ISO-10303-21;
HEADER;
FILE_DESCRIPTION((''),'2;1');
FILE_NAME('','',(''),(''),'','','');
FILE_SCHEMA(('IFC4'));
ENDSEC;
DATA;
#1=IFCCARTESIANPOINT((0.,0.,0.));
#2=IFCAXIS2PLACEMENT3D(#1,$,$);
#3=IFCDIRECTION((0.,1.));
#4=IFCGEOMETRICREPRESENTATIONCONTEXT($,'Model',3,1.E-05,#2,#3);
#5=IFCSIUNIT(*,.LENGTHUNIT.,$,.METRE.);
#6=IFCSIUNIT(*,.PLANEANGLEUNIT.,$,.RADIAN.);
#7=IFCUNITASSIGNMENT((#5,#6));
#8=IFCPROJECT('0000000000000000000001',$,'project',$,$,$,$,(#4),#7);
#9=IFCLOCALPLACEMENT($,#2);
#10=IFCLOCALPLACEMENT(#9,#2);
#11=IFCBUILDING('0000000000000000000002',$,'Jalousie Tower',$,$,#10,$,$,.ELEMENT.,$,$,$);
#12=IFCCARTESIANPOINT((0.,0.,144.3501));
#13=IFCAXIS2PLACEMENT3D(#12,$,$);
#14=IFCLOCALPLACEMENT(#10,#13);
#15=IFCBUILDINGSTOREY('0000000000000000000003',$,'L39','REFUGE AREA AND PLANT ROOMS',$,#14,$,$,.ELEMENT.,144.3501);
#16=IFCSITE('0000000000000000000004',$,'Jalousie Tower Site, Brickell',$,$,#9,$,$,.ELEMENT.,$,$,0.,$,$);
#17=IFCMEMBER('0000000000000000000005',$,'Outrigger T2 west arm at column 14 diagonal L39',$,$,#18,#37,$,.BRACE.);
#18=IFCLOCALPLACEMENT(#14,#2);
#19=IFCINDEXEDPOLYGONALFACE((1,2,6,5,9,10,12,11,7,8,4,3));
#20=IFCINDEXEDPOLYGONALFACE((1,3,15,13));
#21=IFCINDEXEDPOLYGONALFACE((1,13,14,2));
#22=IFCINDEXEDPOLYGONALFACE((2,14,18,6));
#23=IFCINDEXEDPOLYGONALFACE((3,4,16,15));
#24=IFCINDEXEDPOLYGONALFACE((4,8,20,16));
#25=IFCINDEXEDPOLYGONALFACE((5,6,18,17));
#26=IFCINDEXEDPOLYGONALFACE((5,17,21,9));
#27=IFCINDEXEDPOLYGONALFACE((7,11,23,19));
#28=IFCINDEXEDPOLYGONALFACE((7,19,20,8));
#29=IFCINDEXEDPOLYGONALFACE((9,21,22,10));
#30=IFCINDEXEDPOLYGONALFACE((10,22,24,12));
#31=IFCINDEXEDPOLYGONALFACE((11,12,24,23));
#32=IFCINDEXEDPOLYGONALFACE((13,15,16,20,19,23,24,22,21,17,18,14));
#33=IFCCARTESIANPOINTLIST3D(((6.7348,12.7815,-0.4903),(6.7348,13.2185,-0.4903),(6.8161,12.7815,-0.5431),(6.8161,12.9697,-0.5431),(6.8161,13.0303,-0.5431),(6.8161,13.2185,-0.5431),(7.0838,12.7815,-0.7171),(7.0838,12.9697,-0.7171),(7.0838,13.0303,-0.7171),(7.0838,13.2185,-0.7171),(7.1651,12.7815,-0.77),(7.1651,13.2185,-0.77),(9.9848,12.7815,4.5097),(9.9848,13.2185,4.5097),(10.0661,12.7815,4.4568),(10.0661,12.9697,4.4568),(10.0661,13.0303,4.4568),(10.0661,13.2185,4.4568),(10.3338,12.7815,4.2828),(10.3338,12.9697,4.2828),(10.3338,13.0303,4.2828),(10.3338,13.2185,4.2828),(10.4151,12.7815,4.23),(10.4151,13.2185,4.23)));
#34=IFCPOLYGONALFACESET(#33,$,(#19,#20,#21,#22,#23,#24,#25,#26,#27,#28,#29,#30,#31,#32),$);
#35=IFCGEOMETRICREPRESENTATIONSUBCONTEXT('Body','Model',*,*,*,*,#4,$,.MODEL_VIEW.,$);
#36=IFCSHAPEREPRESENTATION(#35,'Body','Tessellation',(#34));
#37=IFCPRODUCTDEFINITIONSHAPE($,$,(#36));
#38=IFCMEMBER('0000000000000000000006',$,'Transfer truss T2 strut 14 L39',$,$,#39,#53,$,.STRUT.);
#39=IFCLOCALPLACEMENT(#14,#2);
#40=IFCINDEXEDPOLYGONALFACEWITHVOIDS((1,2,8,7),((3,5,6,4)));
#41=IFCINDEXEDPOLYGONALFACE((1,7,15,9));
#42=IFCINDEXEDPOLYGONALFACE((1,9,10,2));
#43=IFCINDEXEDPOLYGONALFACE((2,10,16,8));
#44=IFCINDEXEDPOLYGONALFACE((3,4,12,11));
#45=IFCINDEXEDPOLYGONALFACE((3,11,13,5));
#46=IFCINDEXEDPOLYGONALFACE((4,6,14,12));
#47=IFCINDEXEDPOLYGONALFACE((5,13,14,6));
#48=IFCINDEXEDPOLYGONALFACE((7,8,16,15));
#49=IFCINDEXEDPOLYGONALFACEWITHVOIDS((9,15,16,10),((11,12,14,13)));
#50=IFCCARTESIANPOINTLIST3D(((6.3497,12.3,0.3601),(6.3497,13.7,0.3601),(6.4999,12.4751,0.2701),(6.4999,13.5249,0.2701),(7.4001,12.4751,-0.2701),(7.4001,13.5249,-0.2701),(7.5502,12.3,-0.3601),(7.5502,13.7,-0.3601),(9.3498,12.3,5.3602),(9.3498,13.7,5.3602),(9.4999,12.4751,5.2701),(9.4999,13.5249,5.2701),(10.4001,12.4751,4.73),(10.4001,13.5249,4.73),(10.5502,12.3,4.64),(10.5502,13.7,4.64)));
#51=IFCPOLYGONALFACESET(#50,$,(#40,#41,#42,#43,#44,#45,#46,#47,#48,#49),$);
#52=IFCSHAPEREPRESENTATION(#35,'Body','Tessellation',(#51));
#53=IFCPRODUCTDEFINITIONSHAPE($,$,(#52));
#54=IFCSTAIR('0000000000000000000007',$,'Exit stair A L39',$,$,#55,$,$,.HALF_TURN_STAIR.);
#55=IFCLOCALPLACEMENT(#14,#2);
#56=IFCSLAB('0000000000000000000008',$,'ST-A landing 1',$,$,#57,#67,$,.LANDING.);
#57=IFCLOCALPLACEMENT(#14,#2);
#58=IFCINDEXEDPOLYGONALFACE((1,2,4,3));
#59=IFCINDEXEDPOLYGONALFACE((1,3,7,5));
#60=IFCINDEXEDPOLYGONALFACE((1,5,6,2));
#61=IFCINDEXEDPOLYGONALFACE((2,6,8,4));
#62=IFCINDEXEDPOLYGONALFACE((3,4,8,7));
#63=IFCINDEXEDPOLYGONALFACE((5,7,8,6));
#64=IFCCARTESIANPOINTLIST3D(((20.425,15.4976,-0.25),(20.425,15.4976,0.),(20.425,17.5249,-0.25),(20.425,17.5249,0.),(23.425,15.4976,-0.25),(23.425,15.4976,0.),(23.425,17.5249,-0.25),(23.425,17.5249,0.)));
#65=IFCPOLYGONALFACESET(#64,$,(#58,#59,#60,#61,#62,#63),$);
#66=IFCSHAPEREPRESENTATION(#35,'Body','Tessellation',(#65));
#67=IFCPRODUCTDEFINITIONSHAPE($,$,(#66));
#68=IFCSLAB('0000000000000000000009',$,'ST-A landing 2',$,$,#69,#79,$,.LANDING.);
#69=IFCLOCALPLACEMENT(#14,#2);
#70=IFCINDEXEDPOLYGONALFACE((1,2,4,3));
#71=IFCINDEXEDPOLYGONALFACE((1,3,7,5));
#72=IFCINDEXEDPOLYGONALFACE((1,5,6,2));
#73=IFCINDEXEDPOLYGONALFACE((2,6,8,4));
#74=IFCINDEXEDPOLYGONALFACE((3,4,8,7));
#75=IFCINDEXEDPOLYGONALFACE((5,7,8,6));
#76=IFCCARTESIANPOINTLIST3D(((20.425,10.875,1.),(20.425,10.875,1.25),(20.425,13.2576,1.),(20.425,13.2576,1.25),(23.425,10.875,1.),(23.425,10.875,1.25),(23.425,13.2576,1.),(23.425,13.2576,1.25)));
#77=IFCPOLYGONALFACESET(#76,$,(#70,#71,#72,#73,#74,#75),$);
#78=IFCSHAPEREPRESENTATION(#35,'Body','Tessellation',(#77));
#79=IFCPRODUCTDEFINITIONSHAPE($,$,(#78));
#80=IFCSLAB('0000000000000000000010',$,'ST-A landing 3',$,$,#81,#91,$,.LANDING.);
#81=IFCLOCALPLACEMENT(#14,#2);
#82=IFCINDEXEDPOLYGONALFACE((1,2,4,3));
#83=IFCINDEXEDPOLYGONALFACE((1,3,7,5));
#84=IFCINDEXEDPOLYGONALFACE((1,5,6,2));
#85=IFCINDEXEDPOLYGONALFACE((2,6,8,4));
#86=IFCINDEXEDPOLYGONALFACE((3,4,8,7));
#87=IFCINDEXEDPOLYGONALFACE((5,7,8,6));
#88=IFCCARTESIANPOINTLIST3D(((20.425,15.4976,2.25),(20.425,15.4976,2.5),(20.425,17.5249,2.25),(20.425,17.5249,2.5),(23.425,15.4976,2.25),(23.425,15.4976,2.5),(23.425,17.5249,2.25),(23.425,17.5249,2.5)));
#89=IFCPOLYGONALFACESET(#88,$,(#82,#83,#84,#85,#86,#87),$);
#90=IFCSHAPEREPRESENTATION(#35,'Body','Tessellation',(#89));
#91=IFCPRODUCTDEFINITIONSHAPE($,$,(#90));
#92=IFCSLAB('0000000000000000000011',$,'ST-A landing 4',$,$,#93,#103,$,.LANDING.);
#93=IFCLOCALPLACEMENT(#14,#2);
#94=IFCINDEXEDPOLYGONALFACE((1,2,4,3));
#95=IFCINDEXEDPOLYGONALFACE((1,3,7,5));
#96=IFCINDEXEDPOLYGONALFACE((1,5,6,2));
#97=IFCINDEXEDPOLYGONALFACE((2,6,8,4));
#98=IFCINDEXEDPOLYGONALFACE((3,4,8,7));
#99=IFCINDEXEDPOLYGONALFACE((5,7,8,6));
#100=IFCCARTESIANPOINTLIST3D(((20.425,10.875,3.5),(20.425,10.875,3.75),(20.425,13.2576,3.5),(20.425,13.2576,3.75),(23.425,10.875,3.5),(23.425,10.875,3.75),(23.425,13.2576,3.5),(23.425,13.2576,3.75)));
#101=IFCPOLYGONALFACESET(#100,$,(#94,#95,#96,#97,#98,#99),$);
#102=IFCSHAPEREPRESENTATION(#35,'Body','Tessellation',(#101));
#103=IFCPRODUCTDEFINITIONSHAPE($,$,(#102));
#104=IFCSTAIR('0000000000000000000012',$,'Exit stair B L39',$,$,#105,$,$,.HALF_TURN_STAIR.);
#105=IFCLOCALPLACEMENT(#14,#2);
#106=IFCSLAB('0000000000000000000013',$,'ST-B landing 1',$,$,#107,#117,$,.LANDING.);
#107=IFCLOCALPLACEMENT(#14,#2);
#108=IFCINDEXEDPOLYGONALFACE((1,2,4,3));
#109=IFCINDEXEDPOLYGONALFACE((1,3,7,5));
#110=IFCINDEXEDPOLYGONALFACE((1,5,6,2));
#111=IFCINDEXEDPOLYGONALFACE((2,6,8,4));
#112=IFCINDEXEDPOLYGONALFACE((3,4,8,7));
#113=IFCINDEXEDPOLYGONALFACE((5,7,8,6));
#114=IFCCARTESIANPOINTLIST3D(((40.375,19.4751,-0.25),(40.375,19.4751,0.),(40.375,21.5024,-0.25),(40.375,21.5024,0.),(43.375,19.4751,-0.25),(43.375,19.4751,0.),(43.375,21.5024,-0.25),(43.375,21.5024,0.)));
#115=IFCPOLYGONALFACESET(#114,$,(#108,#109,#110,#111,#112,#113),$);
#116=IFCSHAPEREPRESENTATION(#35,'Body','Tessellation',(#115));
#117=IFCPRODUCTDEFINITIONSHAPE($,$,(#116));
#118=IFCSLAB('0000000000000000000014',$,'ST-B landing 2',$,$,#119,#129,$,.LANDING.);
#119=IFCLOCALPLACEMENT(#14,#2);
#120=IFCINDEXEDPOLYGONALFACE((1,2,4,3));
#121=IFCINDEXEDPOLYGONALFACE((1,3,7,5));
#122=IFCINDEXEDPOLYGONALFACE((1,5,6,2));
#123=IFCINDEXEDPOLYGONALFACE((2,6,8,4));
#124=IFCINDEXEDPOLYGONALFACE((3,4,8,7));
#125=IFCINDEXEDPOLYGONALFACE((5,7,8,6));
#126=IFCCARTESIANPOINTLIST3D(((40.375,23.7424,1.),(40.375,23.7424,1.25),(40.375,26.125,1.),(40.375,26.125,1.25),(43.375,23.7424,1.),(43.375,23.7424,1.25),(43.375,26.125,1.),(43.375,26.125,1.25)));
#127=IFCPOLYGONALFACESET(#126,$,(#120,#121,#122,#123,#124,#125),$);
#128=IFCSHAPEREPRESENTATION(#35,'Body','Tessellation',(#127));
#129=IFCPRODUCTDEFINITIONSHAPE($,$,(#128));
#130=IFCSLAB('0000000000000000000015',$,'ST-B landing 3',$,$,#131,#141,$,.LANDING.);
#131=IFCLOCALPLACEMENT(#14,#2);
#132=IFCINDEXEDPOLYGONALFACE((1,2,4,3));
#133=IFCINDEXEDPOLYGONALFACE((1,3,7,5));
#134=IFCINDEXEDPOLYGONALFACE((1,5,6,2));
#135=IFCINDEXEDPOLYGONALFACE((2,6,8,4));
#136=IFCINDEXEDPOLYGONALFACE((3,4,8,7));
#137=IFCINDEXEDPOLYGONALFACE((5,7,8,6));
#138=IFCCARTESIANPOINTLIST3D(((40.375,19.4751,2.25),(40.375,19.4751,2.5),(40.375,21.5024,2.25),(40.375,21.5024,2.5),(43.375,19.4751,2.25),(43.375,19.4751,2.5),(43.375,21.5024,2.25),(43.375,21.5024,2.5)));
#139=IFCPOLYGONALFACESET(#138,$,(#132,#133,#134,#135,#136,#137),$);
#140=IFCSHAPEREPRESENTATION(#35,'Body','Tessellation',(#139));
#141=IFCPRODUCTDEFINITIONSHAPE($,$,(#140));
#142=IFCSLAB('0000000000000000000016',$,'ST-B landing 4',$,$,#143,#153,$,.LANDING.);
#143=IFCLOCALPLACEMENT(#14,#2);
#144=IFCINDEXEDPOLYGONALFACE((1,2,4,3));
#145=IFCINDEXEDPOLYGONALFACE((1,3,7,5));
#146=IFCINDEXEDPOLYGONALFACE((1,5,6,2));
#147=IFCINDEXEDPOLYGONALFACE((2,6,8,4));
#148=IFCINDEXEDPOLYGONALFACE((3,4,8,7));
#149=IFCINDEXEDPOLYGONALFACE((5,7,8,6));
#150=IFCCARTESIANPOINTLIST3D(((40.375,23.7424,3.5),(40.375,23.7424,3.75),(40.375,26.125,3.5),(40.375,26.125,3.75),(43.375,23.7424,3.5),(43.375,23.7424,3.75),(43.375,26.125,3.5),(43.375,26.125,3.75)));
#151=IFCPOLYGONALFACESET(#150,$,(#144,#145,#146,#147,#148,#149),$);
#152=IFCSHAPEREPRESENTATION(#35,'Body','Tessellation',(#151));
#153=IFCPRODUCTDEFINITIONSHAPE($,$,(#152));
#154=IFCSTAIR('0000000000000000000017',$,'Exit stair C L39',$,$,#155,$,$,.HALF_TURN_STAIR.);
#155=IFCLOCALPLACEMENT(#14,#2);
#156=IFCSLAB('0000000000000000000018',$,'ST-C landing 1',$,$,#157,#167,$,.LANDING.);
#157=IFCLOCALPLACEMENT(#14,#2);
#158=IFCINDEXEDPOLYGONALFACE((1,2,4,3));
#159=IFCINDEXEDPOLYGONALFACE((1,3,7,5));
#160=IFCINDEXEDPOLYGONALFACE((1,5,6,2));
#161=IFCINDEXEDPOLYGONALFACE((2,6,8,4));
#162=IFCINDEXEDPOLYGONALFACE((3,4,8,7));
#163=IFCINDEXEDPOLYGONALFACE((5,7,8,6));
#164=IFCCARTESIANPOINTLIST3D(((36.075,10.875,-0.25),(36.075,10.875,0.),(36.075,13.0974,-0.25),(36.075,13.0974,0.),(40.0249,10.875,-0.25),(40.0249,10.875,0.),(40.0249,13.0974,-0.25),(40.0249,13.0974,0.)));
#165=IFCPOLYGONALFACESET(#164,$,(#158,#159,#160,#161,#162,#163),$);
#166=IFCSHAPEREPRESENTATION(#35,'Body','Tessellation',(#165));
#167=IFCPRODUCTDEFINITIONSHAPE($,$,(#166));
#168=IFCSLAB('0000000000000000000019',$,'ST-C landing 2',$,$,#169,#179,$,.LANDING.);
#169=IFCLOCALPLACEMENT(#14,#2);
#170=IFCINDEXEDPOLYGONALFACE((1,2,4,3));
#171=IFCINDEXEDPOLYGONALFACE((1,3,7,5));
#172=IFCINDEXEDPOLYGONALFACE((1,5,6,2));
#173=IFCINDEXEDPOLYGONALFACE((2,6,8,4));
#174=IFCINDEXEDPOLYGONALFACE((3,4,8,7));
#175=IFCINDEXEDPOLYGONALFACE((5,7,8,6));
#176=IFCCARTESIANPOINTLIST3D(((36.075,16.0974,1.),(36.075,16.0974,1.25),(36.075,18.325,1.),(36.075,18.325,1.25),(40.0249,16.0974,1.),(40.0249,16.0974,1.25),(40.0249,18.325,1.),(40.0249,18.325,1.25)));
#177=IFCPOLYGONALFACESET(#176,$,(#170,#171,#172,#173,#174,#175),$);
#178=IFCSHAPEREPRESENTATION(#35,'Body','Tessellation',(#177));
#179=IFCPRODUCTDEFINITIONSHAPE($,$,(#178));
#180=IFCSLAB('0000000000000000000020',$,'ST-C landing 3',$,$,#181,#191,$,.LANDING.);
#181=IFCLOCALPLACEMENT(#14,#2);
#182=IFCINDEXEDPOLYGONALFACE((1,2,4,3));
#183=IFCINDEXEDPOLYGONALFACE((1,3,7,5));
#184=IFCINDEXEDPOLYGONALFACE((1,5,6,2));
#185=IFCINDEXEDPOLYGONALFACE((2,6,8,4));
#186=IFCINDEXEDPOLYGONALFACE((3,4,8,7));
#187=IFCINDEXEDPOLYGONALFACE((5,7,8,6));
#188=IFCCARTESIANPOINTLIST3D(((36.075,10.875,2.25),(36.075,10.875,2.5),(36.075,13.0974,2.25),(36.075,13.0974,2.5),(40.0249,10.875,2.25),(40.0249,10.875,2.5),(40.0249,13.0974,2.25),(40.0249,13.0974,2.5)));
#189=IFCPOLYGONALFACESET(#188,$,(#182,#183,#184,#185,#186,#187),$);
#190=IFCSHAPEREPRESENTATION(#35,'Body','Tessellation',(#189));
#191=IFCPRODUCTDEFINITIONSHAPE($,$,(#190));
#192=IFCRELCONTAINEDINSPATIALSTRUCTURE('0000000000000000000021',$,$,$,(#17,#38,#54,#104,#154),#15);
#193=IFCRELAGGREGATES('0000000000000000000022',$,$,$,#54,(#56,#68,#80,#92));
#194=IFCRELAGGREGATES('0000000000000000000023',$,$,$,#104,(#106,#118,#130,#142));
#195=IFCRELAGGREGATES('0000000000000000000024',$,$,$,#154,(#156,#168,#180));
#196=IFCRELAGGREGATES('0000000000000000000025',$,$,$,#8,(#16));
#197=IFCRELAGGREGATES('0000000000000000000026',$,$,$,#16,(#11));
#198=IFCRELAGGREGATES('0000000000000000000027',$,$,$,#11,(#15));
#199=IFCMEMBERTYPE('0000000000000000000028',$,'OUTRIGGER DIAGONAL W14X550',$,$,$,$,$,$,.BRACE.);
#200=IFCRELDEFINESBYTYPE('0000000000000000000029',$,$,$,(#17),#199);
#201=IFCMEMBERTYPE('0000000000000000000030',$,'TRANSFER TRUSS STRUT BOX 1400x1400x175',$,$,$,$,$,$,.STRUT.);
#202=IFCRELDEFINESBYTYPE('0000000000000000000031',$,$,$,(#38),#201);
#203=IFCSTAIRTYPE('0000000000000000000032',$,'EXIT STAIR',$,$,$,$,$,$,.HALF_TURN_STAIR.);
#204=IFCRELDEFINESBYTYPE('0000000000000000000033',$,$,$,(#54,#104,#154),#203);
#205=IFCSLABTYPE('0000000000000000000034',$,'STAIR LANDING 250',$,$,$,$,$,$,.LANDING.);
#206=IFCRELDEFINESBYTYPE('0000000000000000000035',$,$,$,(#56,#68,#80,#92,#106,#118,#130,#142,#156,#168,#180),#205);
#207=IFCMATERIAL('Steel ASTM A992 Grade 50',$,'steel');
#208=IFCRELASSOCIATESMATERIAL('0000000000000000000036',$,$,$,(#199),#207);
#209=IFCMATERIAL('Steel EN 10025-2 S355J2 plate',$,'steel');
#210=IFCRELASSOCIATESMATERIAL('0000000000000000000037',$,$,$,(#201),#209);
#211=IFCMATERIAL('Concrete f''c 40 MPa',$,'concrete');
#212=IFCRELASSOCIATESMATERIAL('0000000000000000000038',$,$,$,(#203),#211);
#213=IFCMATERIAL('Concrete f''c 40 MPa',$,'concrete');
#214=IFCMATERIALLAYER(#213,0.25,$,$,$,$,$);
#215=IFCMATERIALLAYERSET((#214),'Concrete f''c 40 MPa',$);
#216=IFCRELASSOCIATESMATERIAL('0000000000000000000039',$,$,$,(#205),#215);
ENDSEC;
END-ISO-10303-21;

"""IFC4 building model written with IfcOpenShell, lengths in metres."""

from ifc_helpers import new_model, si_unit, direction, frame, origin, origin_2d, place, context, subcontext, project, spatial, polyline, hollow_rectangle, i_section, outline, extrude, material, layer, layer_set, material_profile, profile_set, type_object, element, aggregate, save


model = new_model("IFC4")

# Units and contexts
model_context = context("Model", 3, precision=1e-05, world=origin(), true_north=direction((0.0, 1.0)))
body_context = subcontext(model_context, "Body", "Model", "MODEL_VIEW")
ifc_project = project(units=[si_unit("LENGTHUNIT", "METRE"), si_unit("PLANEANGLEUNIT", "RADIAN")], contexts=[model_context])

# Site, building, storey
site_placement = place(None, origin())
site = spatial("IfcSite", under=ifc_project, at=site_placement, Name="Jalousie Tower Site, Brickell", CompositionType="ELEMENT", RefElevation=0.0)
building_placement = place(site_placement, origin())
building = spatial("IfcBuilding", under=site, at=building_placement, Name="Jalousie Tower", CompositionType="ELEMENT")
storey_placement = place(building_placement, frame((0.0, 0.0, 144.3501)))
storey = spatial("IfcBuildingStorey", under=building, at=storey_placement, Name="L39", Description="REFUGE AREA AND PLANT ROOMS", CompositionType="ELEMENT", Elevation=144.3501)

# Members
ifc_material_1 = material(Name="Steel ASTM A992 Grade 50", Category="steel")
ifc_material_profile_1 = material_profile(ifc_material_1, i_section(OverallWidth=0.437, OverallDepth=0.5132, WebThickness=0.0605, FlangeThickness=0.0969, at=origin_2d()), Name="W14X550")
ifc_profile_set_1 = profile_set([ifc_material_profile_1], Name="Steel ASTM A992 Grade 50")
member_type_1 = type_object("IfcMemberType", Name="OUTRIGGER DIAGONAL W14X550", PredefinedType="BRACE", material=ifc_profile_set_1)
member_1_placement = place(storey_placement, frame((6.95, 13.0, -0.6301), z_axis=(0.544988, 0.0, 0.838444), x_axis=(0.0, 1.0, 0.0)))
element("IfcMember", 1, at=member_1_placement, inside=storey, type_object=member_type_1, Name="Outrigger T2 west arm at column 14 diagonal L39", PredefinedType="BRACE", context=body_context, shape_type="SweptSolid", body=[
    extrude(i_section(OverallWidth=0.437, OverallDepth=0.5132, WebThickness=0.0605, FlangeThickness=0.0969, at=origin_2d()), origin(), (0.0, 0.0, 1.0), 5.9634),
])
ifc_material_2 = material(Name="Steel EN 10025-2 S355J2 plate", Category="steel")
ifc_material_profile_2 = material_profile(ifc_material_2, hollow_rectangle(XDim=1.3999, YDim=1.3999, WallThickness=0.175, at=origin_2d()), Name="BOX 1400x1400x175")
ifc_profile_set_2 = profile_set([ifc_material_profile_2], Name="Steel EN 10025-2 S355J2 plate")
member_type_2 = type_object("IfcMemberType", Name="TRANSFER TRUSS STRUT BOX 1400x1400x175", PredefinedType="STRUT", material=ifc_profile_set_2)
member_2_placement = place(storey_placement, frame((6.95, 13.0, 0.0), z_axis=(0.514496, 0.0, 0.857493), x_axis=(0.0, 1.0, 0.0)))
element("IfcMember", 2, at=member_2_placement, inside=storey, type_object=member_type_2, Name="Transfer truss T2 strut 14 L39", PredefinedType="STRUT", context=body_context, shape_type="SweptSolid", body=[
    extrude(hollow_rectangle(XDim=1.3999, YDim=1.3999, WallThickness=0.175, at=origin_2d()), origin(), (0.0, 0.0, 1.0), 5.8311),
])

# Stairs, slabs
ifc_material_3 = material(Name="Concrete f'c 40 MPa", Category="concrete")
stair_type = type_object("IfcStairType", Name="EXIT STAIR", PredefinedType="HALF_TURN_STAIR", material=ifc_material_3)
stair_1_placement = place(storey_placement, origin())
stair_1 = element("IfcStair", 3, at=stair_1_placement, inside=storey, type_object=stair_type, Name="Exit stair A L39", PredefinedType="HALF_TURN_STAIR")
ifc_material_4 = material(Name="Concrete f'c 40 MPa", Category="concrete")
ifc_layer_1 = layer(ifc_material_4, 0.25)
ifc_layer_set_1 = layer_set([ifc_layer_1], Name="Concrete f'c 40 MPa")
slab_type_1 = type_object("IfcSlabType", Name="STAIR LANDING 250", PredefinedType="LANDING", material=ifc_layer_set_1)
slab_1_placement = place(storey_placement, frame((0.0, 0.0, -0.25)))
slab_1 = element("IfcSlab", 4, at=slab_1_placement, type_object=slab_type_1, Name="ST-A landing 1", PredefinedType="LANDING", context=body_context, shape_type="SweptSolid", body=[
    extrude(outline(polyline([(20.425, 15.4976), (23.425, 15.4976), (23.425, 17.5249), (20.425, 17.5249), (20.425, 15.4976)])), origin(), (0.0, 0.0, 1.0), 0.25),
])
slab_2_placement = place(storey_placement, frame((0.0, 0.0, 1.0)))
slab_2 = element("IfcSlab", 5, at=slab_2_placement, type_object=slab_type_1, Name="ST-A landing 2", PredefinedType="LANDING", context=body_context, shape_type="SweptSolid", body=[
    extrude(outline(polyline([(20.425, 10.875), (23.425, 10.875), (23.425, 13.2576), (20.425, 13.2576), (20.425, 10.875)])), origin(), (0.0, 0.0, 1.0), 0.25),
])
slab_3_placement = place(storey_placement, frame((0.0, 0.0, 2.25)))
slab_3 = element("IfcSlab", 6, at=slab_3_placement, type_object=slab_type_1, Name="ST-A landing 3", PredefinedType="LANDING", context=body_context, shape_type="SweptSolid", body=[
    extrude(outline(polyline([(20.425, 15.4976), (23.425, 15.4976), (23.425, 17.5249), (20.425, 17.5249), (20.425, 15.4976)])), origin(), (0.0, 0.0, 1.0), 0.25),
])
slab_4_placement = place(storey_placement, frame((0.0, 0.0, 3.5)))
slab_4 = element("IfcSlab", 7, at=slab_4_placement, type_object=slab_type_1, Name="ST-A landing 4", PredefinedType="LANDING", context=body_context, shape_type="SweptSolid", body=[
    extrude(outline(polyline([(20.425, 10.875), (23.425, 10.875), (23.425, 13.2576), (20.425, 13.2576), (20.425, 10.875)])), origin(), (0.0, 0.0, 1.0), 0.25),
])
aggregate(stair_1, [slab_1, slab_2, slab_3, slab_4])
stair_2_placement = place(storey_placement, origin())
stair_2 = element("IfcStair", 8, at=stair_2_placement, inside=storey, type_object=stair_type, Name="Exit stair B L39", PredefinedType="HALF_TURN_STAIR")
slab_5_placement = place(storey_placement, frame((0.0, 0.0, -0.25)))
slab_5 = element("IfcSlab", 9, at=slab_5_placement, type_object=slab_type_1, Name="ST-B landing 1", PredefinedType="LANDING", context=body_context, shape_type="SweptSolid", body=[
    extrude(outline(polyline([(40.375, 19.4751), (43.375, 19.4751), (43.375, 21.5024), (40.375, 21.5024), (40.375, 19.4751)])), origin(), (0.0, 0.0, 1.0), 0.25),
])
slab_6_placement = place(storey_placement, frame((0.0, 0.0, 1.0)))
slab_6 = element("IfcSlab", 10, at=slab_6_placement, type_object=slab_type_1, Name="ST-B landing 2", PredefinedType="LANDING", context=body_context, shape_type="SweptSolid", body=[
    extrude(outline(polyline([(40.375, 23.7424), (43.375, 23.7424), (43.375, 26.125), (40.375, 26.125), (40.375, 23.7424)])), origin(), (0.0, 0.0, 1.0), 0.25),
])
slab_7_placement = place(storey_placement, frame((0.0, 0.0, 2.25)))
slab_7 = element("IfcSlab", 11, at=slab_7_placement, type_object=slab_type_1, Name="ST-B landing 3", PredefinedType="LANDING", context=body_context, shape_type="SweptSolid", body=[
    extrude(outline(polyline([(40.375, 19.4751), (43.375, 19.4751), (43.375, 21.5024), (40.375, 21.5024), (40.375, 19.4751)])), origin(), (0.0, 0.0, 1.0), 0.25),
])
slab_8_placement = place(storey_placement, frame((0.0, 0.0, 3.5)))
slab_8 = element("IfcSlab", 12, at=slab_8_placement, type_object=slab_type_1, Name="ST-B landing 4", PredefinedType="LANDING", context=body_context, shape_type="SweptSolid", body=[
    extrude(outline(polyline([(40.375, 23.7424), (43.375, 23.7424), (43.375, 26.125), (40.375, 26.125), (40.375, 23.7424)])), origin(), (0.0, 0.0, 1.0), 0.25),
])
aggregate(stair_2, [slab_5, slab_6, slab_7, slab_8])
stair_3_placement = place(storey_placement, origin())
stair_3 = element("IfcStair", 13, at=stair_3_placement, inside=storey, type_object=stair_type, Name="Exit stair C L39", PredefinedType="HALF_TURN_STAIR")
slab_9_placement = place(storey_placement, frame((0.0, 0.0, -0.25)))
slab_9 = element("IfcSlab", 14, at=slab_9_placement, type_object=slab_type_1, Name="ST-C landing 1", PredefinedType="LANDING", context=body_context, shape_type="SweptSolid", body=[
    extrude(outline(polyline([(36.075, 10.875), (40.0249, 10.875), (40.0249, 13.0974), (36.075, 13.0974), (36.075, 10.875)])), origin(), (0.0, 0.0, 1.0), 0.25),
])
slab_10_placement = place(storey_placement, frame((0.0, 0.0, 1.0)))
slab_10 = element("IfcSlab", 15, at=slab_10_placement, type_object=slab_type_1, Name="ST-C landing 2", PredefinedType="LANDING", context=body_context, shape_type="SweptSolid", body=[
    extrude(outline(polyline([(36.075, 16.0974), (40.0249, 16.0974), (40.0249, 18.325), (36.075, 18.325), (36.075, 16.0974)])), origin(), (0.0, 0.0, 1.0), 0.25),
])
slab_11_placement = place(storey_placement, frame((0.0, 0.0, 2.25)))
slab_11 = element("IfcSlab", 16, at=slab_11_placement, type_object=slab_type_1, Name="ST-C landing 3", PredefinedType="LANDING", context=body_context, shape_type="SweptSolid", body=[
    extrude(outline(polyline([(36.075, 10.875), (40.0249, 10.875), (40.0249, 13.0974), (36.075, 13.0974), (36.075, 10.875)])), origin(), (0.0, 0.0, 1.0), 0.25),
])
aggregate(stair_3, [slab_9, slab_10, slab_11])

save(model, "model.ifc")
